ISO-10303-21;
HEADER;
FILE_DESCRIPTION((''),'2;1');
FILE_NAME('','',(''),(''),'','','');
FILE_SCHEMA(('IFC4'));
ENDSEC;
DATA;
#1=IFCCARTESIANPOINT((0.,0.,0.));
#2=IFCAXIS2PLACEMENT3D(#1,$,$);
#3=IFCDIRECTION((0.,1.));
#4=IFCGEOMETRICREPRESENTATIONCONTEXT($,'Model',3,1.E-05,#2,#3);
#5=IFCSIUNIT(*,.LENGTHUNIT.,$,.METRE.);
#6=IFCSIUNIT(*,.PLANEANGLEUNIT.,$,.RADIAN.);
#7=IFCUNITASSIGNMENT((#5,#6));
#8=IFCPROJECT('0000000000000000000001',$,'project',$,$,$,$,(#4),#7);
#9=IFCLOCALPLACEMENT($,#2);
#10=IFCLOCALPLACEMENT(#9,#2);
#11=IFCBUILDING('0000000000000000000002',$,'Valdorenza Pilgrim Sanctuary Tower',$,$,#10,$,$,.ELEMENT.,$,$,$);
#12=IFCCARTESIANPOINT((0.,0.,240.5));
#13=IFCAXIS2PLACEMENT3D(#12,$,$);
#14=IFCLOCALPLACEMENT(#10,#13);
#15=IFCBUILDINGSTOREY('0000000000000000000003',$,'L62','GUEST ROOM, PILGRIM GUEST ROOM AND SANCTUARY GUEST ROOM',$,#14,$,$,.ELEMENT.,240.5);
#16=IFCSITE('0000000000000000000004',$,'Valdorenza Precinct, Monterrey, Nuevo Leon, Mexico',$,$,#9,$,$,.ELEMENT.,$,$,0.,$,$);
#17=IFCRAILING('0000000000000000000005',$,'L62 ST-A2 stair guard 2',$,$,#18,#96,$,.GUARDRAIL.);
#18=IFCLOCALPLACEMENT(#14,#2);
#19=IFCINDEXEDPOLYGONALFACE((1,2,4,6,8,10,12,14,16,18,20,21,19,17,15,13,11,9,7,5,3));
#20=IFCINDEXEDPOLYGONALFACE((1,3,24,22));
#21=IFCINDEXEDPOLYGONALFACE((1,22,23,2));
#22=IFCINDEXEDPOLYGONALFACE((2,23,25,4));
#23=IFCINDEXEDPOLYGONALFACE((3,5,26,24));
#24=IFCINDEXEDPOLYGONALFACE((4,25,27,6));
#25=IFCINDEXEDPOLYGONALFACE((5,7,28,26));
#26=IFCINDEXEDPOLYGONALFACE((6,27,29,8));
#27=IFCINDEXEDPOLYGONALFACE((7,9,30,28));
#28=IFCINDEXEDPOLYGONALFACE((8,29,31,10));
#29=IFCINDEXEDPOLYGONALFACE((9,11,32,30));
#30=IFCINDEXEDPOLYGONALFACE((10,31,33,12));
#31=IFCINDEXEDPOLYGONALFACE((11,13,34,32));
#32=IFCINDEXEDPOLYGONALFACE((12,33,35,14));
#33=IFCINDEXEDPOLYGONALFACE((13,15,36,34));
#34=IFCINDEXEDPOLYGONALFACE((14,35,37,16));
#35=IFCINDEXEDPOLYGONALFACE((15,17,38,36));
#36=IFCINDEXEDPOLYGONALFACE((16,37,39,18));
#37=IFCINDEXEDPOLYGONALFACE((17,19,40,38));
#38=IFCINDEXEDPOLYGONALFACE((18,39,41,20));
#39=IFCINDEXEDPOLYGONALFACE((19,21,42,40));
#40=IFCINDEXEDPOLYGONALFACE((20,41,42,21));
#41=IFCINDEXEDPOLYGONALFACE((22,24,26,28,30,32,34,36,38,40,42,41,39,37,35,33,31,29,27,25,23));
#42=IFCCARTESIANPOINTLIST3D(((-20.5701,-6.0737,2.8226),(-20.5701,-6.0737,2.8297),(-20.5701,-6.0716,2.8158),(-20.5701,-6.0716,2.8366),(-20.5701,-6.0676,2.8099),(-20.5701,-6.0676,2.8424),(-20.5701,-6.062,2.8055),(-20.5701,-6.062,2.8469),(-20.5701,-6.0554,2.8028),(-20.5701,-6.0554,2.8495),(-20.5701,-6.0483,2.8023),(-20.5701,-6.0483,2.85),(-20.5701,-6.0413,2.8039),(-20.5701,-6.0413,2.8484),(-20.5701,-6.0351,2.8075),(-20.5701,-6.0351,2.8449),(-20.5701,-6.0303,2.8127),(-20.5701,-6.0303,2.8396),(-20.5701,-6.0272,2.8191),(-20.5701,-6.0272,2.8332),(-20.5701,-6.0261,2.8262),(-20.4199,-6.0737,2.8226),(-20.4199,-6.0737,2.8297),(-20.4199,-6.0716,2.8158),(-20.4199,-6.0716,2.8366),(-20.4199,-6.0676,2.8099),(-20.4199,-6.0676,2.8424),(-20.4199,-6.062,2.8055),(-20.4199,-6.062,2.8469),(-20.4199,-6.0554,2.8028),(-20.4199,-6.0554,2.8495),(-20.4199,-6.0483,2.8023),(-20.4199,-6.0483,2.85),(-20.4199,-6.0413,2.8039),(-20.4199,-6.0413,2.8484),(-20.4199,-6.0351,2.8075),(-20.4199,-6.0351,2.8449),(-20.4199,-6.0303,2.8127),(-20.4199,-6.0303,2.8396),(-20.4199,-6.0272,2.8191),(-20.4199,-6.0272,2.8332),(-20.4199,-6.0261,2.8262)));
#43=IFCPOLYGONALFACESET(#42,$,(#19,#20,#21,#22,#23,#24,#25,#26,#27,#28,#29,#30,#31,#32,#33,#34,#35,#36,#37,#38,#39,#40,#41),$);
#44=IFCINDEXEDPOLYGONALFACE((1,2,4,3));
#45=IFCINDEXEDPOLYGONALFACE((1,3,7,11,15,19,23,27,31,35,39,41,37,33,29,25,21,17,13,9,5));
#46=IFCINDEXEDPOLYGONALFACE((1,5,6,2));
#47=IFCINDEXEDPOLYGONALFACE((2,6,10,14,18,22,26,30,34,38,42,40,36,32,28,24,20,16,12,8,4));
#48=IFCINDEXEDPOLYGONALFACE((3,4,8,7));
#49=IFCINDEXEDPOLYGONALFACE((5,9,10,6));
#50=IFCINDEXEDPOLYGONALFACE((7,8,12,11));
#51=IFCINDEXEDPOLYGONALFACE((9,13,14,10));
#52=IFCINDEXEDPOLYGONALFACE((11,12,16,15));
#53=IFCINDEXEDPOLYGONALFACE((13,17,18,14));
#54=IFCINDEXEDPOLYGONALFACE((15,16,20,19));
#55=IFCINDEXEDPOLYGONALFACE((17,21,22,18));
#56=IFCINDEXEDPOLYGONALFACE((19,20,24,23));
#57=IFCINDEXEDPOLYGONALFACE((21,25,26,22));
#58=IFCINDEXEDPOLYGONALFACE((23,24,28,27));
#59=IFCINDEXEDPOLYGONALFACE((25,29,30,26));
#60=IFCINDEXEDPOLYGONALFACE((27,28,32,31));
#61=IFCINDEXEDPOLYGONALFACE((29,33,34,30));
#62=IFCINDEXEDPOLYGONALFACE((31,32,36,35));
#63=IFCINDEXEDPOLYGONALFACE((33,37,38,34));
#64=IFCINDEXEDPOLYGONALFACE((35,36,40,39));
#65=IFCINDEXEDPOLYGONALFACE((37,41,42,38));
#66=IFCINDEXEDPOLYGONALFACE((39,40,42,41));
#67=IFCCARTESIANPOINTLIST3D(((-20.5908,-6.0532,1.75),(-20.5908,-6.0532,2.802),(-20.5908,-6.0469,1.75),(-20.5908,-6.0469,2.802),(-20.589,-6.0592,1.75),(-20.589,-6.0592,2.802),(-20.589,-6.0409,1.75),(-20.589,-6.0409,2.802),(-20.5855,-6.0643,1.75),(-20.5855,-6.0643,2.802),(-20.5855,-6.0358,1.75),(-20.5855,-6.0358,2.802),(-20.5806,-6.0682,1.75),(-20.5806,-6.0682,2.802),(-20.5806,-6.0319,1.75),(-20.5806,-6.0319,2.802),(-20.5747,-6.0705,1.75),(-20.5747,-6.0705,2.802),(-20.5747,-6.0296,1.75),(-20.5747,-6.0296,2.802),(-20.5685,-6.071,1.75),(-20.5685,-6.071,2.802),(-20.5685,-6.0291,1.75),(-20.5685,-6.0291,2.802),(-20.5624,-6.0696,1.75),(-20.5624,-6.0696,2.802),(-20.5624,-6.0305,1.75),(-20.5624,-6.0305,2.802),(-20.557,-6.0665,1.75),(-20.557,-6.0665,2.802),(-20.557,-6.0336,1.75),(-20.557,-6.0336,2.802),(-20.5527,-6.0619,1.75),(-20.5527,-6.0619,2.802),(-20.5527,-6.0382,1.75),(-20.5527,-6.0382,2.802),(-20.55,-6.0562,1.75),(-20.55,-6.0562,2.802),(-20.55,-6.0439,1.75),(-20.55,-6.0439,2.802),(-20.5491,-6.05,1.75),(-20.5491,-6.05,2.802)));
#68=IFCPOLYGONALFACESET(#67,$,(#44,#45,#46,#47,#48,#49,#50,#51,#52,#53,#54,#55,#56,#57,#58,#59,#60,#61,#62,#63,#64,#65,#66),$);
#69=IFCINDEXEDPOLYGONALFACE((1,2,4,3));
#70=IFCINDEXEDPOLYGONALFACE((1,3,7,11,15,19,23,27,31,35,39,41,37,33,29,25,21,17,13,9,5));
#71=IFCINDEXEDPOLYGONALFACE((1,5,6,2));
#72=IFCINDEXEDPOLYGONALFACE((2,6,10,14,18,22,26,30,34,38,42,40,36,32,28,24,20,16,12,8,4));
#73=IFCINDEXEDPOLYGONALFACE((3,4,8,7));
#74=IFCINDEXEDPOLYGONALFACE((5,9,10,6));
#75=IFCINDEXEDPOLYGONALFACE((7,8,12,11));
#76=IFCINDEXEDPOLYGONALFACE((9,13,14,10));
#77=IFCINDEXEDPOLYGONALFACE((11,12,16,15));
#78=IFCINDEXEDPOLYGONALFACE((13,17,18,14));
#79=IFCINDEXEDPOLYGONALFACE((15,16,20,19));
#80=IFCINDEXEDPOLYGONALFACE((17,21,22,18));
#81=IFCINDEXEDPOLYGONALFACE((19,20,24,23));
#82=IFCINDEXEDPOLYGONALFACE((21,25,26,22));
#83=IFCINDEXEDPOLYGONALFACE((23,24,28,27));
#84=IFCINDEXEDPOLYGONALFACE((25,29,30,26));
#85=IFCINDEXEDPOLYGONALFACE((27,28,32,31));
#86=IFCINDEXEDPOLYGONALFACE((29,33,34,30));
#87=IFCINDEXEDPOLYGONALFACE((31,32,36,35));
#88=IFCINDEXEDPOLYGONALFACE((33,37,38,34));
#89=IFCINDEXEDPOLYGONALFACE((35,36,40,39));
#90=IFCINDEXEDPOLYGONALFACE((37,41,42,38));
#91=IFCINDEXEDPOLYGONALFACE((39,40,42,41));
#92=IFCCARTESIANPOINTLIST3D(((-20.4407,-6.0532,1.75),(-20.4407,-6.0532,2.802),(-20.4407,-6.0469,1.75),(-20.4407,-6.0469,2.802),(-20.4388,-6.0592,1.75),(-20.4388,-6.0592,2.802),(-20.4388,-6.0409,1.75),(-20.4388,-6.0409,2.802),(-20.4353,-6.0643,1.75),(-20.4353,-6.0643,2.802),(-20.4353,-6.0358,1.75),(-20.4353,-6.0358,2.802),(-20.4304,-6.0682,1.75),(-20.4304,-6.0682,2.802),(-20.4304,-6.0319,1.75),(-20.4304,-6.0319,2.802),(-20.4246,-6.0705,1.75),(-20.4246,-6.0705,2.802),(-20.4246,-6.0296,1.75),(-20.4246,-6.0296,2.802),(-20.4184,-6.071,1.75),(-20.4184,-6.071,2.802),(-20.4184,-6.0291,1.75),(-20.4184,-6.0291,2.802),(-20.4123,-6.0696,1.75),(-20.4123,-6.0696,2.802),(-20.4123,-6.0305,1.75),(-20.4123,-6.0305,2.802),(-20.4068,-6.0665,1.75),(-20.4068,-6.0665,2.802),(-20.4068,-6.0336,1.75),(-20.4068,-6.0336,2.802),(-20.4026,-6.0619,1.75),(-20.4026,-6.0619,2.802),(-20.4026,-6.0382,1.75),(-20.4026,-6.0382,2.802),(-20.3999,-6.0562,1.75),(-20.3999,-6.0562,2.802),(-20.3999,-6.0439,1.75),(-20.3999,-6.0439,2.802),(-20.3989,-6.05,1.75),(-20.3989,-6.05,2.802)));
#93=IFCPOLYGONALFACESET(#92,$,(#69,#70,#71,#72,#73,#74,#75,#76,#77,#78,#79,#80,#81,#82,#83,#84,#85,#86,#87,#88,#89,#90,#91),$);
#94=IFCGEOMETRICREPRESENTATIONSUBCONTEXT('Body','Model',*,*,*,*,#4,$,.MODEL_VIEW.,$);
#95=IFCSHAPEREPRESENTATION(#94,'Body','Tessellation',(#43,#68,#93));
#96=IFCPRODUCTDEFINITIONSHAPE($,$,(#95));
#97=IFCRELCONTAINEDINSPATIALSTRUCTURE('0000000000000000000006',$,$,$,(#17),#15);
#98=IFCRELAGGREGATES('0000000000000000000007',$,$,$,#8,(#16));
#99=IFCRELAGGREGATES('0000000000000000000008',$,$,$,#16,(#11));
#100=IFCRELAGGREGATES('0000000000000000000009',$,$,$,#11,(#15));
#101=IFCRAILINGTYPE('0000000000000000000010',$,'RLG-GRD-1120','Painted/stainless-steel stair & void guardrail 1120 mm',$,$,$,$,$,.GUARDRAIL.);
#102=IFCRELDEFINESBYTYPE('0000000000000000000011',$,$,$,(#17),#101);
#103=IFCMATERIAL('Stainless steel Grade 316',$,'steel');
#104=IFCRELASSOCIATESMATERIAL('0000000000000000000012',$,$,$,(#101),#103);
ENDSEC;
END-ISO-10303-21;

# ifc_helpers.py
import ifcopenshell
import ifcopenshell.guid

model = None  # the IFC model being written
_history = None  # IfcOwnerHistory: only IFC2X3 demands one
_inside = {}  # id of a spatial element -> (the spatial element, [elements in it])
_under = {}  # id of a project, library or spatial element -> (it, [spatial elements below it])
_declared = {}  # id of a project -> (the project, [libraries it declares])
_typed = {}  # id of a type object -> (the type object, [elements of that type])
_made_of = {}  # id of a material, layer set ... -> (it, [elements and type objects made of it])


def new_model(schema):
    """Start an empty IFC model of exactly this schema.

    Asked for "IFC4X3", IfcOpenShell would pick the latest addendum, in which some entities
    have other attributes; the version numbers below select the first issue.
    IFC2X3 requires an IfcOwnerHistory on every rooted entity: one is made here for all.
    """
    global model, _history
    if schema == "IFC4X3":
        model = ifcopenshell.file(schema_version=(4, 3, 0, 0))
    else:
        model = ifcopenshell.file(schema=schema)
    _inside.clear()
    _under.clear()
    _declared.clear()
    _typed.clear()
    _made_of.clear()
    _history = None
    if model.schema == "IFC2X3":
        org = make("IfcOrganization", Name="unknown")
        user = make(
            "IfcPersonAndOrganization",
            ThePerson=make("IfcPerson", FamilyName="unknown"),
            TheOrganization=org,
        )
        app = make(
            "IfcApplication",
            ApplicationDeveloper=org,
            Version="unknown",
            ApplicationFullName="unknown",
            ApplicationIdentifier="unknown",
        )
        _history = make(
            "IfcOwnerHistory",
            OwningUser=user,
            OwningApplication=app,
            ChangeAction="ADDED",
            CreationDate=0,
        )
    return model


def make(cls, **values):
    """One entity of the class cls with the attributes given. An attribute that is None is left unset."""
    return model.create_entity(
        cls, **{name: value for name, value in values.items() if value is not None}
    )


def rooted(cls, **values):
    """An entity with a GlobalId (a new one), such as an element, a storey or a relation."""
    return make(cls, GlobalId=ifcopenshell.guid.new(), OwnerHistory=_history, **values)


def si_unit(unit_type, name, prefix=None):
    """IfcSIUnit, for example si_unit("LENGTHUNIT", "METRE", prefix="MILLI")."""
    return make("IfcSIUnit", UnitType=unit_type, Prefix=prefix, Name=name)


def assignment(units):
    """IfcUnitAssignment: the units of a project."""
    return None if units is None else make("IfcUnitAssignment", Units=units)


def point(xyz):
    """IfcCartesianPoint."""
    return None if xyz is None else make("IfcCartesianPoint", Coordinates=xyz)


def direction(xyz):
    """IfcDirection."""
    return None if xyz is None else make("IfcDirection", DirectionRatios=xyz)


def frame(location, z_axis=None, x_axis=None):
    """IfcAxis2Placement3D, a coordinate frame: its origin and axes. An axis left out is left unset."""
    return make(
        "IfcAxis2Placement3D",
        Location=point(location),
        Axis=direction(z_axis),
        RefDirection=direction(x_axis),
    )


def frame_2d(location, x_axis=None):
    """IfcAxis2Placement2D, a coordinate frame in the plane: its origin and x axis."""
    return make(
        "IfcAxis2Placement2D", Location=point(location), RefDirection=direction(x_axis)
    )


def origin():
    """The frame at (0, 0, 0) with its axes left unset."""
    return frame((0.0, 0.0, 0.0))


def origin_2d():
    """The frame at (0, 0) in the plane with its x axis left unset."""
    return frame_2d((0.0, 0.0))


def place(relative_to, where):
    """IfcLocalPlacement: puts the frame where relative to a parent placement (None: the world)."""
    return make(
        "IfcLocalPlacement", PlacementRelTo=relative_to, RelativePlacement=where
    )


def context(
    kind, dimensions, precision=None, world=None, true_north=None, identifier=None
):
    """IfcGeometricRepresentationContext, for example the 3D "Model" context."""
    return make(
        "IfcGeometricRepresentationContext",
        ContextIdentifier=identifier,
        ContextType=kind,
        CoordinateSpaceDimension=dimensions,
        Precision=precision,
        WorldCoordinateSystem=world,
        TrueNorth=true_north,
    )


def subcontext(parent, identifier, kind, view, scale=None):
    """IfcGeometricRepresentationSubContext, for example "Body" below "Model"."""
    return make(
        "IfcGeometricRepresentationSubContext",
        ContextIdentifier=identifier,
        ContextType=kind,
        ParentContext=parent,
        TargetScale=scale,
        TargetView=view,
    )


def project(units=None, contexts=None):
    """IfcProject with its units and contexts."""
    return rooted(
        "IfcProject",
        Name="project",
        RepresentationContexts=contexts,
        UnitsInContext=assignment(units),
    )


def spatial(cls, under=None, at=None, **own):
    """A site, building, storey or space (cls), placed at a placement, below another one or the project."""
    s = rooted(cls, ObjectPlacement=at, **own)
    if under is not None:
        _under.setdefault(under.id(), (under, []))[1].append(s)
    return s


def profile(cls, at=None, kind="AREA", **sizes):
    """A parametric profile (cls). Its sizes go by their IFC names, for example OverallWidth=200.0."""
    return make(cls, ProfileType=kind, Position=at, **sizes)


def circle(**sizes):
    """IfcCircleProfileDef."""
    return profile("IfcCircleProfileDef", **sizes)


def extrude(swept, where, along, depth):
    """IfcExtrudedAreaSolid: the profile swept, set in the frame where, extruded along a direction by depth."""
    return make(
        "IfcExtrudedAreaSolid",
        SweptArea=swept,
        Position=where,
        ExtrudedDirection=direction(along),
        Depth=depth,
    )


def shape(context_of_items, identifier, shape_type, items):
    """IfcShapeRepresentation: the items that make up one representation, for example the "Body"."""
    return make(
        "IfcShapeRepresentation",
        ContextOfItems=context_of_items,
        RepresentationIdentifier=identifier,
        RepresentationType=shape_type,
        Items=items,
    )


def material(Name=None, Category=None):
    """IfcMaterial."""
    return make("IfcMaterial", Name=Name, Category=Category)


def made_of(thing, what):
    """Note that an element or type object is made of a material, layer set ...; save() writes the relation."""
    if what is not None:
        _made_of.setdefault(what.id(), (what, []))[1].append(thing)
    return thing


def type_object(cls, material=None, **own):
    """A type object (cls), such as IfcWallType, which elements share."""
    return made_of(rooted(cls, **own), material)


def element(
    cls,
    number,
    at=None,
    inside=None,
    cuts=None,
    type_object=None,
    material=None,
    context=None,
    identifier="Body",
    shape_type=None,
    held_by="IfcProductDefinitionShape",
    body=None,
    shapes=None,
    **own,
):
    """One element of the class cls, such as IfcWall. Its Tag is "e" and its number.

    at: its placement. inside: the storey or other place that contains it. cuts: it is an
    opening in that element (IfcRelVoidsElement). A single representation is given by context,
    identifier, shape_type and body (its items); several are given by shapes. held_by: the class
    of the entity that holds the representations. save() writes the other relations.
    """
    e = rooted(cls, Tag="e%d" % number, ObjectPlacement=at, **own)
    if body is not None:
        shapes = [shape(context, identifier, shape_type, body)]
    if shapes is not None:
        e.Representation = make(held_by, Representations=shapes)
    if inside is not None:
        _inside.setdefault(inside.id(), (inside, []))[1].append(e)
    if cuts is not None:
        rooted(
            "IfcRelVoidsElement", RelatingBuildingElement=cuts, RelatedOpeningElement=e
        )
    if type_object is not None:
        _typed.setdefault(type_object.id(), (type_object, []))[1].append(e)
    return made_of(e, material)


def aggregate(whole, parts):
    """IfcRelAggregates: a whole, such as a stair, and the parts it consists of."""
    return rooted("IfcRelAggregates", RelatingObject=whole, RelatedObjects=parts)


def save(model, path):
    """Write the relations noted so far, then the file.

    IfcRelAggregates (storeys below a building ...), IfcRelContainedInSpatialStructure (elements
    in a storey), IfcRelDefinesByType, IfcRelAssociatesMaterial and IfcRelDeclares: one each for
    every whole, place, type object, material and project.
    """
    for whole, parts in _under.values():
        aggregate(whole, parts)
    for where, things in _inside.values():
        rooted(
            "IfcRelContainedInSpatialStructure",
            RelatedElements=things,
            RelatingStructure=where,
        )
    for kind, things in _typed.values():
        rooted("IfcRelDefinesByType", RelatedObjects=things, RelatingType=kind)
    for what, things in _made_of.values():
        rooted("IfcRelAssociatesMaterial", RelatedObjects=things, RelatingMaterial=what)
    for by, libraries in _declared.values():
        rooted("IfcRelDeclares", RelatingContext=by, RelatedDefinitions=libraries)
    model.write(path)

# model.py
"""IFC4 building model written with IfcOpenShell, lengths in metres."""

from ifc_helpers import new_model, si_unit, direction, frame, origin, origin_2d, place, context, subcontext, project, spatial, circle, extrude, material, type_object, element, save


model = new_model("IFC4")

# Units and contexts
model_context = context("Model", 3, precision=1e-05, world=origin(), true_north=direction((0.0, 1.0)))
body_context = subcontext(model_context, "Body", "Model", "MODEL_VIEW")
ifc_project = project(units=[si_unit("LENGTHUNIT", "METRE"), si_unit("PLANEANGLEUNIT", "RADIAN")], contexts=[model_context])

# Site, building, storey
site_placement = place(None, origin())
site = spatial("IfcSite", under=ifc_project, at=site_placement, Name="Valdorenza Precinct, Monterrey, Nuevo Leon, Mexico", CompositionType="ELEMENT", RefElevation=0.0)
building_placement = place(site_placement, origin())
building = spatial("IfcBuilding", under=site, at=building_placement, Name="Valdorenza Pilgrim Sanctuary Tower", CompositionType="ELEMENT")
storey_placement = place(building_placement, frame((0.0, 0.0, 240.5)))
storey = spatial("IfcBuildingStorey", under=building, at=storey_placement, Name="L62", Description="GUEST ROOM, PILGRIM GUEST ROOM AND SANCTUARY GUEST ROOM", CompositionType="ELEMENT", Elevation=240.5)

# Railing
ifc_material_1 = material(Name="Stainless steel Grade 316", Category="steel")
railing_type_1 = type_object("IfcRailingType", Name="RLG-GRD-1120", Description="Painted/stainless-steel stair & void guardrail 1120 mm", PredefinedType="GUARDRAIL", material=ifc_material_1)
railing_1_placement = place(storey_placement, frame((-20.5701, -6.05, 1.75)))
element("IfcRailing", 1, at=railing_1_placement, inside=storey, type_object=railing_type_1, Name="L62 ST-A2 stair guard 2", PredefinedType="GUARDRAIL", context=body_context, shape_type="SweptSolid", body=[
    extrude(circle(Radius=0.0239, at=origin_2d()), frame((0.0, 0.0, 1.0762), z_axis=(1.0, 0.0, 0.0), x_axis=(0.0, 1.0, 0.0)), (0.0, 0.0, 1.0), 0.1501),
    extrude(circle(Radius=0.021, at=origin_2d()), origin(), (0.0, 0.0, 1.0), 1.052),
    extrude(circle(Radius=0.021, at=origin_2d()), frame((0.1501, 0.0, 0.0)), (0.0, 0.0, 1.0), 1.052),
])

save(model, "model.ifc")
